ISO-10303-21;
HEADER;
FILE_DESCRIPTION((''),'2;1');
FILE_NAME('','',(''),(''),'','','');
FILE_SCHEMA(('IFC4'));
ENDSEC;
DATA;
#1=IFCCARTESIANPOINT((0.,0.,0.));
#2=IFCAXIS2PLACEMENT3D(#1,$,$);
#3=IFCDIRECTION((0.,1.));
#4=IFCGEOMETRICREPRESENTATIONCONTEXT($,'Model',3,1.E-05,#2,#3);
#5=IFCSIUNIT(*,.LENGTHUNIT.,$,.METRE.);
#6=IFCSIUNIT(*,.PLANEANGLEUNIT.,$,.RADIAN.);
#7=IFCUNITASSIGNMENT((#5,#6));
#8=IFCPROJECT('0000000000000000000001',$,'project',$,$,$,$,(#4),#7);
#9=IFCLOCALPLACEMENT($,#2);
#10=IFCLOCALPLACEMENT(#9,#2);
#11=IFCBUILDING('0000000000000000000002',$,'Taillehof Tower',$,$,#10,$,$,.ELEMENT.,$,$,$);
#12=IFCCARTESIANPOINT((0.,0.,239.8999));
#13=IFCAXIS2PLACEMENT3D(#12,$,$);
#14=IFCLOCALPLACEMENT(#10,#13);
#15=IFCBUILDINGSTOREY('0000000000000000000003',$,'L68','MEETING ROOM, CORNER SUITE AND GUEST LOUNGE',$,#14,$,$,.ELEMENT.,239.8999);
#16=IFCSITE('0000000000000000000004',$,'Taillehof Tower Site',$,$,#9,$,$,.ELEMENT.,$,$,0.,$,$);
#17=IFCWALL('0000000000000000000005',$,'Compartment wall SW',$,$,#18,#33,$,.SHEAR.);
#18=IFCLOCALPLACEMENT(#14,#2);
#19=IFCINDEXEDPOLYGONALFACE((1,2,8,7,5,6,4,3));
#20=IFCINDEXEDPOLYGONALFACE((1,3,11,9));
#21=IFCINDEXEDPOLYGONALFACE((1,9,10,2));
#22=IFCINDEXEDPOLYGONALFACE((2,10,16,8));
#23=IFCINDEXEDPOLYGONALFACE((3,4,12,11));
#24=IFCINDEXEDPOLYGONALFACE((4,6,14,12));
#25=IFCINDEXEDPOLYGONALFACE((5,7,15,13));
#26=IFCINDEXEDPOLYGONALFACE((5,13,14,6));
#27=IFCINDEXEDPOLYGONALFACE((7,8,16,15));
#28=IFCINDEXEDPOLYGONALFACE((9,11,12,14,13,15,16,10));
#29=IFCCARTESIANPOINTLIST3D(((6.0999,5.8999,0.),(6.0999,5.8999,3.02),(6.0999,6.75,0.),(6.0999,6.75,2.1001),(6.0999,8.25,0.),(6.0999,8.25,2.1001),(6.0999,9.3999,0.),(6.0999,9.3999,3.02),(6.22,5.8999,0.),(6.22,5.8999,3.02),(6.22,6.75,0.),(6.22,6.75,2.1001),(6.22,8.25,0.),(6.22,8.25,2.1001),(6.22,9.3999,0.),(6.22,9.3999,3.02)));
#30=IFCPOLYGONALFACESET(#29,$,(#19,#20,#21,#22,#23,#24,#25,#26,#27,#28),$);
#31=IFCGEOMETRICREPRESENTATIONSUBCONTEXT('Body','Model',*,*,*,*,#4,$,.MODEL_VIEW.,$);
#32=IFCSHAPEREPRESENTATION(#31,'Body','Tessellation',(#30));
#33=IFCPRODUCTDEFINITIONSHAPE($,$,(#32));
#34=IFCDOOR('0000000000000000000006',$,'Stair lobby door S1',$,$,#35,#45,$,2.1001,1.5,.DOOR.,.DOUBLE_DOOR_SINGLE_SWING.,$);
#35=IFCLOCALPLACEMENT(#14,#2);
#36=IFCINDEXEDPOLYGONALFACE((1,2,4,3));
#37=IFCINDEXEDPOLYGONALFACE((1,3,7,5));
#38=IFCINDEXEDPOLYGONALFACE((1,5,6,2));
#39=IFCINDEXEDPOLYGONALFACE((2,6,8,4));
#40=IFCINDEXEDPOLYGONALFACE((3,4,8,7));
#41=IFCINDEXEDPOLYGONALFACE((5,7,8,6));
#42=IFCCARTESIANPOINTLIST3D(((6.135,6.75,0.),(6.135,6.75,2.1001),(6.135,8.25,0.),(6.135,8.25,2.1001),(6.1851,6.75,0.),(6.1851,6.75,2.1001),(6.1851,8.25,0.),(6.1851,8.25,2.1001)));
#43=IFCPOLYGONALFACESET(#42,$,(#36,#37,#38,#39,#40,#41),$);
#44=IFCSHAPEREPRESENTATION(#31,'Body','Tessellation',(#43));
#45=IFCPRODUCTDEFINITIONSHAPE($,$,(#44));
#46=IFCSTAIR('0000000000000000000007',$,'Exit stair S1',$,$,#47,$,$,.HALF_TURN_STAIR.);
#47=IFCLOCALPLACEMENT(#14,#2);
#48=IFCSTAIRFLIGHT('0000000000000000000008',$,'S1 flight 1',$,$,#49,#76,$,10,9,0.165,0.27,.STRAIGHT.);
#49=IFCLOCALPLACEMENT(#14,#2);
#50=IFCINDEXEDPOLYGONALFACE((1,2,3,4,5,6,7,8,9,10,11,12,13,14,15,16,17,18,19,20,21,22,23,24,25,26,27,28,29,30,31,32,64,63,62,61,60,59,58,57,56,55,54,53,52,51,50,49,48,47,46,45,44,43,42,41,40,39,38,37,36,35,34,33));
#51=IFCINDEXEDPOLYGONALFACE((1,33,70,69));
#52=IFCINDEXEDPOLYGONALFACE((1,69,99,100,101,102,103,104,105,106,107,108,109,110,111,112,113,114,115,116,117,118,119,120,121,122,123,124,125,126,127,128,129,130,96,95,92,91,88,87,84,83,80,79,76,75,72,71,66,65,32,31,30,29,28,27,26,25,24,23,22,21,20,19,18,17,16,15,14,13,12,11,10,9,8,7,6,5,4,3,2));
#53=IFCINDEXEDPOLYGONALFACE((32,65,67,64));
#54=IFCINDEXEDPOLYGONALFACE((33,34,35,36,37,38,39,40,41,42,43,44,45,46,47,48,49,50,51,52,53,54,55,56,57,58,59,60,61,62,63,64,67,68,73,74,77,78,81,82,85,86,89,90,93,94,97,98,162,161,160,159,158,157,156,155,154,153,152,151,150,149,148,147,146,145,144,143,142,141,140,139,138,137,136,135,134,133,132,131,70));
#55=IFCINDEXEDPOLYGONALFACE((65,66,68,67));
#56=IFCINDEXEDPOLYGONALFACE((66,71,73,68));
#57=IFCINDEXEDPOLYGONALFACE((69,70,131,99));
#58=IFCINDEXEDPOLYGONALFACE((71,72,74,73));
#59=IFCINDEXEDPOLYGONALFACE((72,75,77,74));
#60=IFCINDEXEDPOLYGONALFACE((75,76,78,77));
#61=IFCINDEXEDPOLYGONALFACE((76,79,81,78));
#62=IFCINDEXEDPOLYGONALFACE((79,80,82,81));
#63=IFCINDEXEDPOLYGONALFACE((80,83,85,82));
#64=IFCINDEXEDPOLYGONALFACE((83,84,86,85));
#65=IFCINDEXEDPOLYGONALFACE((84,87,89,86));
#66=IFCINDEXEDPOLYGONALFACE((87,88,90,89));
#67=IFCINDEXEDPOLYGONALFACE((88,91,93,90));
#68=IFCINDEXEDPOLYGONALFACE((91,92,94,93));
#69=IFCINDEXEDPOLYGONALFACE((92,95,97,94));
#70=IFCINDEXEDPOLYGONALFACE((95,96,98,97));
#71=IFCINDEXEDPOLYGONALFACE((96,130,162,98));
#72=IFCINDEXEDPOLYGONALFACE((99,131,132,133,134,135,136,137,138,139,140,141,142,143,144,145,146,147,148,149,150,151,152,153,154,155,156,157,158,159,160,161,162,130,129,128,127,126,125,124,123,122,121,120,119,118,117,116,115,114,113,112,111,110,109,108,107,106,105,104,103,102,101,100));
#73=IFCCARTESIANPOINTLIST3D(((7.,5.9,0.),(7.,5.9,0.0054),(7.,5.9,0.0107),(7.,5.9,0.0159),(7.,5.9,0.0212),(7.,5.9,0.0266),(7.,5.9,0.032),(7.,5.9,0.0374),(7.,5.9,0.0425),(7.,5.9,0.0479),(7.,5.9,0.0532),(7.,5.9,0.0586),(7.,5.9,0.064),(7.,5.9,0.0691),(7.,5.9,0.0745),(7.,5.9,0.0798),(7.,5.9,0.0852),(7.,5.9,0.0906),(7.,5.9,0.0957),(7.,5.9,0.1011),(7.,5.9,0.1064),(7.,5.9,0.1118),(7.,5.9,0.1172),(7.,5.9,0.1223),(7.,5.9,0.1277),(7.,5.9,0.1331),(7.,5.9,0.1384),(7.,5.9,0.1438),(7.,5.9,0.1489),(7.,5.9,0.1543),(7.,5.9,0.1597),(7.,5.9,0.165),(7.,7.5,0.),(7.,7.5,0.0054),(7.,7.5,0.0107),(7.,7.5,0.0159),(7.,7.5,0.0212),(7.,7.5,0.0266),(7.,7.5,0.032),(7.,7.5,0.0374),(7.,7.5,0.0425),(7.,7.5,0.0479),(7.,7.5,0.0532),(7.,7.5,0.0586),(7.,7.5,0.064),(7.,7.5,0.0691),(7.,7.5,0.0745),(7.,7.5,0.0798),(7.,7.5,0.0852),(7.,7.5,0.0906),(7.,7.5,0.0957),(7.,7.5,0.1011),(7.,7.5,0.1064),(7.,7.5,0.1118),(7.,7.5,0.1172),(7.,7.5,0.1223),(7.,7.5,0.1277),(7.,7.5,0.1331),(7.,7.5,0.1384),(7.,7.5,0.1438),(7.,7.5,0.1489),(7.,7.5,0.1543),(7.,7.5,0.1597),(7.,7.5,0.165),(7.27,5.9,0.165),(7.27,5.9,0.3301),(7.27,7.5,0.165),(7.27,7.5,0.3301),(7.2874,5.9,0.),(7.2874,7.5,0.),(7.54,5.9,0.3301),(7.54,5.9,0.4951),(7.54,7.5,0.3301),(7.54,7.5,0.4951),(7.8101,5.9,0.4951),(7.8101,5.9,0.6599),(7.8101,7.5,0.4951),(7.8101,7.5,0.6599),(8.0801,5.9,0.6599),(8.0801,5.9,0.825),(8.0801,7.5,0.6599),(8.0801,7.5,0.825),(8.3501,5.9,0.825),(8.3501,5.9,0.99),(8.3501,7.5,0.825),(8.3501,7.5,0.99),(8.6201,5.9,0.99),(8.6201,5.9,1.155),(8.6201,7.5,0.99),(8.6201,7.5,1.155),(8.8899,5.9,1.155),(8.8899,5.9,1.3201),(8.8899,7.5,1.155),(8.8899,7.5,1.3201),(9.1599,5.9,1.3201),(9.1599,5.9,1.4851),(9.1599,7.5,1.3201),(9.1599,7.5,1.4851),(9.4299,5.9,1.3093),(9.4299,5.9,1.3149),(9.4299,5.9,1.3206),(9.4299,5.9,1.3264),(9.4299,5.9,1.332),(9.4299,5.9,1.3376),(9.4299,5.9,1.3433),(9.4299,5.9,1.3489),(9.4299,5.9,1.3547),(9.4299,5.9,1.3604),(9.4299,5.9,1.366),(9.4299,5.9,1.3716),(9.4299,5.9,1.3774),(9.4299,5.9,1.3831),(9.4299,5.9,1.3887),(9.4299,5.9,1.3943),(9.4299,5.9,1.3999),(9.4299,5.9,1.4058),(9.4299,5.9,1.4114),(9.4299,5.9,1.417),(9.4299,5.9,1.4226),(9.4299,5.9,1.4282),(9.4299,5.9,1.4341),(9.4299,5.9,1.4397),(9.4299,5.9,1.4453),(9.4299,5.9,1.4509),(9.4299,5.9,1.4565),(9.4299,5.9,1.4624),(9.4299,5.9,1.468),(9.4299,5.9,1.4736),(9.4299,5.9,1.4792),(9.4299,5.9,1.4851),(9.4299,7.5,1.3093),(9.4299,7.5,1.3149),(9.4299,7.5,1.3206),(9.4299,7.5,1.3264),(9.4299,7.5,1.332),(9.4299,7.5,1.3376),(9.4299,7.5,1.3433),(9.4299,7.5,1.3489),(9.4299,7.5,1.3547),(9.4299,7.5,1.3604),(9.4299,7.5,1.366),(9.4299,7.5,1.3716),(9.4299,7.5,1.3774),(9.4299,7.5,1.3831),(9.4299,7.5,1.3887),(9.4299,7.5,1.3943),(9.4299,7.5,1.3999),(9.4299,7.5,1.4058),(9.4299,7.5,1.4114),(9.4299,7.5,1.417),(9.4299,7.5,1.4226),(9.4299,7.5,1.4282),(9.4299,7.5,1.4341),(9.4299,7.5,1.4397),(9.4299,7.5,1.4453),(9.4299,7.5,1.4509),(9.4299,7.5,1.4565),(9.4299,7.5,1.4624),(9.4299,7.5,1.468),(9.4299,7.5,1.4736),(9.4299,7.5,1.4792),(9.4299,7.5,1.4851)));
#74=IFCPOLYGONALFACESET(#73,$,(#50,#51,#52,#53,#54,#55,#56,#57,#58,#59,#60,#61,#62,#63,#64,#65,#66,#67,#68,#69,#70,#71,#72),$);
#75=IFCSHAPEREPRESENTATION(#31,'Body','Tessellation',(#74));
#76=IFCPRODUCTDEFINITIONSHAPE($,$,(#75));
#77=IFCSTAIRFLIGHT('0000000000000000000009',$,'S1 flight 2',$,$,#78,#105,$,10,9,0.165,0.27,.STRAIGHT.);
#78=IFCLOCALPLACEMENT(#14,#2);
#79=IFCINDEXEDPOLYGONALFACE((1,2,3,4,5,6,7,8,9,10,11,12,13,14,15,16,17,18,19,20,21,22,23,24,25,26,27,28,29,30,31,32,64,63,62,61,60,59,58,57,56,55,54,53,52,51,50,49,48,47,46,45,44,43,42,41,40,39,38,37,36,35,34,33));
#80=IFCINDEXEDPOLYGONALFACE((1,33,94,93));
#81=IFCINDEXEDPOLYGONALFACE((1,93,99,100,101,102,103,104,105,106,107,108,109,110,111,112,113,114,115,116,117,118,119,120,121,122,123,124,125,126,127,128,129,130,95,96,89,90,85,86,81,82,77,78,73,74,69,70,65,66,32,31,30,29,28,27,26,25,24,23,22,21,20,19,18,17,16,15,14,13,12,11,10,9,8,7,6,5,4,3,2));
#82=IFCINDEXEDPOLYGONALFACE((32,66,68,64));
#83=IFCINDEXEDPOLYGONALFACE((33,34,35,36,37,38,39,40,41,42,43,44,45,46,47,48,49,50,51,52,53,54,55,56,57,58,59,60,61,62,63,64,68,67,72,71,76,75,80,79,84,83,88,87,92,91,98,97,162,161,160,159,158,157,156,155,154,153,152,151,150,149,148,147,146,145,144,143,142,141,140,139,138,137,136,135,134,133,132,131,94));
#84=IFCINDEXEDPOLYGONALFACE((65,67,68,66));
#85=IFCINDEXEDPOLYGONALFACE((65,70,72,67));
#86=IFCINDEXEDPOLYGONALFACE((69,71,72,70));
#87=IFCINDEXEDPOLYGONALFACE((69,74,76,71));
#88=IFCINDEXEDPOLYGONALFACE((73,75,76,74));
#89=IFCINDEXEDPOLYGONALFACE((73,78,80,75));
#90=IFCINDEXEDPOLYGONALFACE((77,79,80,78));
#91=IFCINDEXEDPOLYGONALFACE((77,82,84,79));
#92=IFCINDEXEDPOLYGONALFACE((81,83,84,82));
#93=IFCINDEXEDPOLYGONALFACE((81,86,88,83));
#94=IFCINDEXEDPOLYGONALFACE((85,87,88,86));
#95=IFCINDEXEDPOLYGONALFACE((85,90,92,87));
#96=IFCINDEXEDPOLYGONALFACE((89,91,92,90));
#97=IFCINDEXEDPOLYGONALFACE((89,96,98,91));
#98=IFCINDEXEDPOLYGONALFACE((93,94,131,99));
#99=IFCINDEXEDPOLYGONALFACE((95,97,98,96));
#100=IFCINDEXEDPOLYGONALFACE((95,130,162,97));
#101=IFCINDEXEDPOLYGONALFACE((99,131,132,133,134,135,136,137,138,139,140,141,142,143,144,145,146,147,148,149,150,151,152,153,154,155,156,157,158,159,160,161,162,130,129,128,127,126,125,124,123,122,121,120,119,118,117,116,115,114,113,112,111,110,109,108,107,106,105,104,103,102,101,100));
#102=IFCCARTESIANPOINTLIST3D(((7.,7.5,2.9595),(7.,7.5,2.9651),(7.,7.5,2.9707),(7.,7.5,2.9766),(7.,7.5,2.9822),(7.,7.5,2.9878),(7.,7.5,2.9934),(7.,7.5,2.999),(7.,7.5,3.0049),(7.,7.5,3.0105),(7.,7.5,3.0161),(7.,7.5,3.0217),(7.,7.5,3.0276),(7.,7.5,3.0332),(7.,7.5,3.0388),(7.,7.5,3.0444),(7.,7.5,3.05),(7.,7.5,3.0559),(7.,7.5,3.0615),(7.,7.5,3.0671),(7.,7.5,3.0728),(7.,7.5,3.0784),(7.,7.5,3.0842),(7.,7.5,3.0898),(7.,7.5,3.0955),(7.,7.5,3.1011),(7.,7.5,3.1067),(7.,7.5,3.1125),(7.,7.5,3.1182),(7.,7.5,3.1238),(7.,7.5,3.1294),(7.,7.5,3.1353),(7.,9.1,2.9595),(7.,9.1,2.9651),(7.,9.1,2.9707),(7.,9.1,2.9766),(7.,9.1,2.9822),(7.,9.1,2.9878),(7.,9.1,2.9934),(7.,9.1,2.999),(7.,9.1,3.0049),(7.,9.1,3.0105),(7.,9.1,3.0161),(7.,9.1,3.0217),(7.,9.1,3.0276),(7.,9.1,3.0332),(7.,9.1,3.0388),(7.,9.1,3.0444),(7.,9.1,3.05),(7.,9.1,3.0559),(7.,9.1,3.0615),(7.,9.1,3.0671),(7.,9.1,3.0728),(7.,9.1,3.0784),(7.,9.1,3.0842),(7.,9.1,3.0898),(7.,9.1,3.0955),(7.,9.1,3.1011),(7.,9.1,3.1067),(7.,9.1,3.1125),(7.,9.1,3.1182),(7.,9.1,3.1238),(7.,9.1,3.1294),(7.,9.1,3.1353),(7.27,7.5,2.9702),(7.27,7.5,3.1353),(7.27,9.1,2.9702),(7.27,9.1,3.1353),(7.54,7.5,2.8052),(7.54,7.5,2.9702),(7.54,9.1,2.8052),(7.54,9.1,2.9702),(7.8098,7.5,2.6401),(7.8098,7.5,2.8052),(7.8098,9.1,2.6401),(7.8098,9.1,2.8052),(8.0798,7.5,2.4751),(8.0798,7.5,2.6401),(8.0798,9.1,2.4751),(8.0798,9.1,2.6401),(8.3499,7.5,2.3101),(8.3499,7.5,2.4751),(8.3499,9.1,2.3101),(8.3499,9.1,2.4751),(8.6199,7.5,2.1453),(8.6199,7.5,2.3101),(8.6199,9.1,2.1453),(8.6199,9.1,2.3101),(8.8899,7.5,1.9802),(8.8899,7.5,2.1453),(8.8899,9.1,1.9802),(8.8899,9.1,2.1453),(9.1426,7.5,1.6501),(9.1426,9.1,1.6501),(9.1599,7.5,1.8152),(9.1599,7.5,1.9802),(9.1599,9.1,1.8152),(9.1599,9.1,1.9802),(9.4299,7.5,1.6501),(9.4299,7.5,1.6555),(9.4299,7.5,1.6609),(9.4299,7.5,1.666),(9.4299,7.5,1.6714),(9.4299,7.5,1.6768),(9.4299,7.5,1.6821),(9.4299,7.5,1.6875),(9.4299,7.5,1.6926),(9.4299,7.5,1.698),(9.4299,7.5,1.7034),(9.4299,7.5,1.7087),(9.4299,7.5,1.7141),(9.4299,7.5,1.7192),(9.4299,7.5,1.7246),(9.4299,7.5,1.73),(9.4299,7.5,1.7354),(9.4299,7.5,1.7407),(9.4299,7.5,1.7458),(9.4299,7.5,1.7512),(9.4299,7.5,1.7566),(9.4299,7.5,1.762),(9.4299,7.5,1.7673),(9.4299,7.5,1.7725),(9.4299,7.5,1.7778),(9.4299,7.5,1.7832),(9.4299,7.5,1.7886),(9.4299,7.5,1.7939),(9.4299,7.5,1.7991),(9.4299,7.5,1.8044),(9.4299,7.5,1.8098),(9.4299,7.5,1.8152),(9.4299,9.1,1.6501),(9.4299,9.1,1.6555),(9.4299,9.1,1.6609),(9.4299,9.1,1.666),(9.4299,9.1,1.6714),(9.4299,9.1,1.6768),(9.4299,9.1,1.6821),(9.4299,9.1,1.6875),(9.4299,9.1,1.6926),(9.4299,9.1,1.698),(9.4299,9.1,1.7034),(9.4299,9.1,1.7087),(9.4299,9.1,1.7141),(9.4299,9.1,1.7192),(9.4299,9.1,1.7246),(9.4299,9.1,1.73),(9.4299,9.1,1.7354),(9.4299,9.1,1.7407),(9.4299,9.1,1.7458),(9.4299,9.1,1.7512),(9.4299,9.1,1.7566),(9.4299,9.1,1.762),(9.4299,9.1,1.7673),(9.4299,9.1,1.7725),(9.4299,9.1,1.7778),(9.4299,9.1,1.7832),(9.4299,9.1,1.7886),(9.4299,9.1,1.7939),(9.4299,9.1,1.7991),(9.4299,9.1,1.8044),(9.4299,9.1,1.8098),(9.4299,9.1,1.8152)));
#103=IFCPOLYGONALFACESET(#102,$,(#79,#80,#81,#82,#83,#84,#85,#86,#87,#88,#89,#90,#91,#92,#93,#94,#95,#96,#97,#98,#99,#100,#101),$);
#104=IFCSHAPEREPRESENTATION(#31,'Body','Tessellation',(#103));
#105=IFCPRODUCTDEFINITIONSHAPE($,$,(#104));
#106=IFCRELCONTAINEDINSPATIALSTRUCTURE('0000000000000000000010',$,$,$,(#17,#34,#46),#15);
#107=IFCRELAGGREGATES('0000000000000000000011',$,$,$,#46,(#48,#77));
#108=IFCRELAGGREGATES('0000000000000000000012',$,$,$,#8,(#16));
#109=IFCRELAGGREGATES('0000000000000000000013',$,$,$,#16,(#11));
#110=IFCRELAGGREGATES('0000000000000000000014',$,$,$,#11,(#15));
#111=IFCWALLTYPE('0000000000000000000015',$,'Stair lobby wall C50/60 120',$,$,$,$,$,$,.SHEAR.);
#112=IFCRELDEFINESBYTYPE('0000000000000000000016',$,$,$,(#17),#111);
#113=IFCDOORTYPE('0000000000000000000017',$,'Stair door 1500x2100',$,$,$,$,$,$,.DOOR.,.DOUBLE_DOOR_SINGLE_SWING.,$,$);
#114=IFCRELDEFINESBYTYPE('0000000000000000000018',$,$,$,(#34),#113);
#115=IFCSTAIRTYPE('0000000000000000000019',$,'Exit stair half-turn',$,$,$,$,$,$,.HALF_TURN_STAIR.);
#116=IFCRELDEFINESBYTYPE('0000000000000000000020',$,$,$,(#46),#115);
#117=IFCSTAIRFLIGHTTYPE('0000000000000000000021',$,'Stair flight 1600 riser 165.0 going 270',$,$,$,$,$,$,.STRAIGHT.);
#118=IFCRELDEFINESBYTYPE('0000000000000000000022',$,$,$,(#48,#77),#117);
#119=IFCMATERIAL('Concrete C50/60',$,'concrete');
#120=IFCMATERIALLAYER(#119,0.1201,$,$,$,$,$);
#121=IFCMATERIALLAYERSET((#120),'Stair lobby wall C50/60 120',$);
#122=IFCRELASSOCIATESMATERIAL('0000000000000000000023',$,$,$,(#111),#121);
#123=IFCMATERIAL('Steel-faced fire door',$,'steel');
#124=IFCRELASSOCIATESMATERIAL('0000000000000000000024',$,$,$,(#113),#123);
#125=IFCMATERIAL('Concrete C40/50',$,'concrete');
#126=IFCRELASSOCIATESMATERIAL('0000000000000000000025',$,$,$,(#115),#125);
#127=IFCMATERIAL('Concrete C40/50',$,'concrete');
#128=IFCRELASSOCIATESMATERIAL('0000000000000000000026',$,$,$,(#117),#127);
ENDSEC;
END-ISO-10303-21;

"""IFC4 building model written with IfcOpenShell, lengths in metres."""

from ifc_helpers import new_model, si_unit, direction, frame, frame_2d, origin, place, context, subcontext, project, spatial, polyline, rectangle, outline, extrude, material, layer, layer_set, type_object, element, fill, aggregate, save


model = new_model("IFC4")

# Units and contexts
model_context = context("Model", 3, precision=1e-05, world=origin(), true_north=direction((0.0, 1.0)))
body_context = subcontext(model_context, "Body", "Model", "MODEL_VIEW")
ifc_project = project(units=[si_unit("LENGTHUNIT", "METRE"), si_unit("PLANEANGLEUNIT", "RADIAN")], contexts=[model_context])

# Site, building, storey
site_placement = place(None, origin())
site = spatial("IfcSite", under=ifc_project, at=site_placement, Name="Taillehof Tower Site", CompositionType="ELEMENT", RefElevation=0.0)
building_placement = place(site_placement, origin())
building = spatial("IfcBuilding", under=site, at=building_placement, Name="Taillehof Tower", CompositionType="ELEMENT")
storey_placement = place(building_placement, frame((0.0, 0.0, 239.8999)))
storey = spatial("IfcBuildingStorey", under=building, at=storey_placement, Name="L68", Description="MEETING ROOM, CORNER SUITE AND GUEST LOUNGE", CompositionType="ELEMENT", Elevation=239.8999)

# Wall, opening, door
ifc_material_1 = material(Name="Concrete C50/60", Category="concrete")
ifc_layer_1 = layer(ifc_material_1, 0.1201)
ifc_layer_set_1 = layer_set([ifc_layer_1], Name="Stair lobby wall C50/60 120")
wall_type_1 = type_object("IfcWallType", Name="Stair lobby wall C50/60 120", PredefinedType="SHEAR", material=ifc_layer_set_1)
wall_1_placement = place(storey_placement, frame((6.1599, 5.8999, 0.0), z_axis=(0.0, 0.0, 1.0), x_axis=(0.0, 1.0, 0.0)))
wall_1 = element("IfcWall", 1, at=wall_1_placement, inside=storey, type_object=wall_type_1, Name="Compartment wall SW", PredefinedType="SHEAR", context=body_context, shape_type="SweptSolid", body=[
    extrude(rectangle(XDim=3.5, YDim=0.1201, at=frame_2d((1.75, 0.0))), origin(), (0.0, 0.0, 1.0), 3.02),
])
opening_1_placement = place(wall_1_placement, frame((0.8501, 0.0, 0.0)))
opening_1 = element("IfcOpeningElement", 2, at=opening_1_placement, cuts=wall_1, PredefinedType="OPENING", context=body_context, shape_type="SweptSolid", body=[
    extrude(rectangle(XDim=1.5, YDim=2.1001, at=frame_2d((0.75, 1.05))), frame((0.0, 0.0701, 0.0), z_axis=(0.0, -1.0, 0.0), x_axis=(1.0, 0.0, 0.0)), (0.0, 0.0, 1.0), 0.1401),
])
ifc_material_2 = material(Name="Steel-faced fire door", Category="steel")
door_type_1 = type_object("IfcDoorType", Name="Stair door 1500x2100", OperationType="DOUBLE_DOOR_SINGLE_SWING", PredefinedType="DOOR", material=ifc_material_2)
door_1_placement = place(opening_1_placement, origin())
door_1 = element("IfcDoor", 3, at=door_1_placement, inside=storey, type_object=door_type_1, Name="Stair lobby door S1", OperationType="DOUBLE_DOOR_SINGLE_SWING", OverallHeight=2.1001, OverallWidth=1.5, PredefinedType="DOOR", context=body_context, shape_type="SweptSolid", body=[
    extrude(rectangle(XDim=1.5, YDim=2.1001, at=frame_2d((0.75, 1.05))), frame((0.0, 0.0249, 0.0), z_axis=(0.0, -1.0, 0.0), x_axis=(1.0, 0.0, 0.0)), (0.0, 0.0, 1.0), 0.05),
])
fill(opening_1, door_1)

# Stair, stair flights
ifc_material_3 = material(Name="Concrete C40/50", Category="concrete")
stair_type = type_object("IfcStairType", Name="Exit stair half-turn", PredefinedType="HALF_TURN_STAIR", material=ifc_material_3)
stair_placement = place(storey_placement, origin())
stair = element("IfcStair", 4, at=stair_placement, inside=storey, type_object=stair_type, Name="Exit stair S1", PredefinedType="HALF_TURN_STAIR")
ifc_material_4 = material(Name="Concrete C40/50", Category="concrete")
stair_flight_type = type_object("IfcStairFlightType", Name="Stair flight 1600 riser 165.0 going 270", PredefinedType="STRAIGHT", material=ifc_material_4)
stair_flight_1_placement = place(storey_placement, frame((7.0, 6.7, 0.0), z_axis=(0.0, 0.0, 1.0), x_axis=(1.0, 0.0, 0.0)))
stair_flight_1 = element("IfcStairFlight", 5, at=stair_flight_1_placement, type_object=stair_flight_type, Name="S1 flight 1", NumberOfRisers=10, NumberOfTreads=9, PredefinedType="STRAIGHT", RiserHeight=0.165, TreadLength=0.27, context=body_context, shape_type="SweptSolid", body=[
    extrude(outline(polyline([(0.0, 0.0), (0.0, 0.0054), (0.0, 0.0107), (0.0, 0.0159), (0.0, 0.0212), (0.0, 0.0266), (0.0, 0.032), (0.0, 0.0374), (0.0, 0.0425), (0.0, 0.0479), (0.0, 0.0532), (0.0, 0.0586), (0.0, 0.064), (0.0, 0.0691), (0.0, 0.0745), (0.0, 0.0798), (0.0, 0.0852), (0.0, 0.0906), (0.0, 0.0957), (0.0, 0.1011), (0.0, 0.1064), (0.0, 0.1118), (0.0, 0.1172), (0.0, 0.1223), (0.0, 0.1277), (0.0, 0.1331), (0.0, 0.1384), (0.0, 0.1438), (0.0, 0.1489), (0.0, 0.1543), (0.0, 0.1597), (0.0, 0.165), (0.27, 0.165), (0.27, 0.3301), (0.54, 0.3301), (0.54, 0.4951), (0.8101, 0.4951), (0.8101, 0.6599), (1.0801, 0.6599), (1.0801, 0.825), (1.3501, 0.825), (1.3501, 0.99), (1.6201, 0.99), (1.6201, 1.155), (1.8899, 1.155), (1.8899, 1.3201), (2.1599, 1.3201), (2.1599, 1.4851), (2.4299, 1.4851), (2.4299, 1.4792), (2.4299, 1.4736), (2.4299, 1.468), (2.4299, 1.4624), (2.4299, 1.4565), (2.4299, 1.4509), (2.4299, 1.4453), (2.4299, 1.4397), (2.4299, 1.4341), (2.4299, 1.4282), (2.4299, 1.4226), (2.4299, 1.417), (2.4299, 1.4114), (2.4299, 1.4058), (2.4299, 1.3999), (2.4299, 1.3943), (2.4299, 1.3887), (2.4299, 1.3831), (2.4299, 1.3774), (2.4299, 1.3716), (2.4299, 1.366), (2.4299, 1.3604), (2.4299, 1.3547), (2.4299, 1.3489), (2.4299, 1.3433), (2.4299, 1.3376), (2.4299, 1.332), (2.4299, 1.3264), (2.4299, 1.3206), (2.4299, 1.3149), (2.4299, 1.3093), (0.2874, 0.0), (0.0, 0.0)])), frame((0.0, 0.8, 0.0), z_axis=(0.0, -1.0, 0.0), x_axis=(1.0, 0.0, 0.0)), (0.0, 0.0, 1.0), 1.6),
])
stair_flight_2_placement = place(storey_placement, frame((9.4299, 8.3, 1.6501), z_axis=(0.0, 0.0, 1.0), x_axis=(-1.0, 0.0, 0.0)))
stair_flight_2 = element("IfcStairFlight", 6, at=stair_flight_2_placement, type_object=stair_flight_type, Name="S1 flight 2", NumberOfRisers=10, NumberOfTreads=9, PredefinedType="STRAIGHT", RiserHeight=0.165, TreadLength=0.27, context=body_context, shape_type="SweptSolid", body=[
    extrude(outline(polyline([(0.0, 0.0), (0.0, 0.0054), (0.0, 0.0107), (0.0, 0.0159), (0.0, 0.0212), (0.0, 0.0266), (0.0, 0.032), (0.0, 0.0374), (0.0, 0.0425), (0.0, 0.0479), (0.0, 0.0532), (0.0, 0.0586), (0.0, 0.064), (0.0, 0.0691), (0.0, 0.0745), (0.0, 0.0798), (0.0, 0.0852), (0.0, 0.0906), (0.0, 0.0957), (0.0, 0.1011), (0.0, 0.1064), (0.0, 0.1118), (0.0, 0.1172), (0.0, 0.1223), (0.0, 0.1277), (0.0, 0.1331), (0.0, 0.1384), (0.0, 0.1438), (0.0, 0.1489), (0.0, 0.1543), (0.0, 0.1597), (0.0, 0.165), (0.27, 0.165), (0.27, 0.3301), (0.54, 0.3301), (0.54, 0.4951), (0.8101, 0.4951), (0.8101, 0.6599), (1.0801, 0.6599), (1.0801, 0.825), (1.3501, 0.825), (1.3501, 0.99), (1.6201, 0.99), (1.6201, 1.155), (1.8899, 1.155), (1.8899, 1.3201), (2.1599, 1.3201), (2.1599, 1.4851), (2.4299, 1.4851), (2.4299, 1.4792), (2.4299, 1.4736), (2.4299, 1.468), (2.4299, 1.4624), (2.4299, 1.4565), (2.4299, 1.4509), (2.4299, 1.4453), (2.4299, 1.4397), (2.4299, 1.4341), (2.4299, 1.4282), (2.4299, 1.4226), (2.4299, 1.417), (2.4299, 1.4114), (2.4299, 1.4058), (2.4299, 1.3999), (2.4299, 1.3943), (2.4299, 1.3887), (2.4299, 1.3831), (2.4299, 1.3774), (2.4299, 1.3716), (2.4299, 1.366), (2.4299, 1.3604), (2.4299, 1.3547), (2.4299, 1.3489), (2.4299, 1.3433), (2.4299, 1.3376), (2.4299, 1.332), (2.4299, 1.3264), (2.4299, 1.3206), (2.4299, 1.3149), (2.4299, 1.3093), (0.2874, 0.0), (0.0, 0.0)])), frame((0.0, 0.8, 0.0), z_axis=(0.0, -1.0, 0.0), x_axis=(1.0, 0.0, 0.0)), (0.0, 0.0, 1.0), 1.6),
])
aggregate(stair, [stair_flight_1, stair_flight_2])

save(model, "model.ifc")
